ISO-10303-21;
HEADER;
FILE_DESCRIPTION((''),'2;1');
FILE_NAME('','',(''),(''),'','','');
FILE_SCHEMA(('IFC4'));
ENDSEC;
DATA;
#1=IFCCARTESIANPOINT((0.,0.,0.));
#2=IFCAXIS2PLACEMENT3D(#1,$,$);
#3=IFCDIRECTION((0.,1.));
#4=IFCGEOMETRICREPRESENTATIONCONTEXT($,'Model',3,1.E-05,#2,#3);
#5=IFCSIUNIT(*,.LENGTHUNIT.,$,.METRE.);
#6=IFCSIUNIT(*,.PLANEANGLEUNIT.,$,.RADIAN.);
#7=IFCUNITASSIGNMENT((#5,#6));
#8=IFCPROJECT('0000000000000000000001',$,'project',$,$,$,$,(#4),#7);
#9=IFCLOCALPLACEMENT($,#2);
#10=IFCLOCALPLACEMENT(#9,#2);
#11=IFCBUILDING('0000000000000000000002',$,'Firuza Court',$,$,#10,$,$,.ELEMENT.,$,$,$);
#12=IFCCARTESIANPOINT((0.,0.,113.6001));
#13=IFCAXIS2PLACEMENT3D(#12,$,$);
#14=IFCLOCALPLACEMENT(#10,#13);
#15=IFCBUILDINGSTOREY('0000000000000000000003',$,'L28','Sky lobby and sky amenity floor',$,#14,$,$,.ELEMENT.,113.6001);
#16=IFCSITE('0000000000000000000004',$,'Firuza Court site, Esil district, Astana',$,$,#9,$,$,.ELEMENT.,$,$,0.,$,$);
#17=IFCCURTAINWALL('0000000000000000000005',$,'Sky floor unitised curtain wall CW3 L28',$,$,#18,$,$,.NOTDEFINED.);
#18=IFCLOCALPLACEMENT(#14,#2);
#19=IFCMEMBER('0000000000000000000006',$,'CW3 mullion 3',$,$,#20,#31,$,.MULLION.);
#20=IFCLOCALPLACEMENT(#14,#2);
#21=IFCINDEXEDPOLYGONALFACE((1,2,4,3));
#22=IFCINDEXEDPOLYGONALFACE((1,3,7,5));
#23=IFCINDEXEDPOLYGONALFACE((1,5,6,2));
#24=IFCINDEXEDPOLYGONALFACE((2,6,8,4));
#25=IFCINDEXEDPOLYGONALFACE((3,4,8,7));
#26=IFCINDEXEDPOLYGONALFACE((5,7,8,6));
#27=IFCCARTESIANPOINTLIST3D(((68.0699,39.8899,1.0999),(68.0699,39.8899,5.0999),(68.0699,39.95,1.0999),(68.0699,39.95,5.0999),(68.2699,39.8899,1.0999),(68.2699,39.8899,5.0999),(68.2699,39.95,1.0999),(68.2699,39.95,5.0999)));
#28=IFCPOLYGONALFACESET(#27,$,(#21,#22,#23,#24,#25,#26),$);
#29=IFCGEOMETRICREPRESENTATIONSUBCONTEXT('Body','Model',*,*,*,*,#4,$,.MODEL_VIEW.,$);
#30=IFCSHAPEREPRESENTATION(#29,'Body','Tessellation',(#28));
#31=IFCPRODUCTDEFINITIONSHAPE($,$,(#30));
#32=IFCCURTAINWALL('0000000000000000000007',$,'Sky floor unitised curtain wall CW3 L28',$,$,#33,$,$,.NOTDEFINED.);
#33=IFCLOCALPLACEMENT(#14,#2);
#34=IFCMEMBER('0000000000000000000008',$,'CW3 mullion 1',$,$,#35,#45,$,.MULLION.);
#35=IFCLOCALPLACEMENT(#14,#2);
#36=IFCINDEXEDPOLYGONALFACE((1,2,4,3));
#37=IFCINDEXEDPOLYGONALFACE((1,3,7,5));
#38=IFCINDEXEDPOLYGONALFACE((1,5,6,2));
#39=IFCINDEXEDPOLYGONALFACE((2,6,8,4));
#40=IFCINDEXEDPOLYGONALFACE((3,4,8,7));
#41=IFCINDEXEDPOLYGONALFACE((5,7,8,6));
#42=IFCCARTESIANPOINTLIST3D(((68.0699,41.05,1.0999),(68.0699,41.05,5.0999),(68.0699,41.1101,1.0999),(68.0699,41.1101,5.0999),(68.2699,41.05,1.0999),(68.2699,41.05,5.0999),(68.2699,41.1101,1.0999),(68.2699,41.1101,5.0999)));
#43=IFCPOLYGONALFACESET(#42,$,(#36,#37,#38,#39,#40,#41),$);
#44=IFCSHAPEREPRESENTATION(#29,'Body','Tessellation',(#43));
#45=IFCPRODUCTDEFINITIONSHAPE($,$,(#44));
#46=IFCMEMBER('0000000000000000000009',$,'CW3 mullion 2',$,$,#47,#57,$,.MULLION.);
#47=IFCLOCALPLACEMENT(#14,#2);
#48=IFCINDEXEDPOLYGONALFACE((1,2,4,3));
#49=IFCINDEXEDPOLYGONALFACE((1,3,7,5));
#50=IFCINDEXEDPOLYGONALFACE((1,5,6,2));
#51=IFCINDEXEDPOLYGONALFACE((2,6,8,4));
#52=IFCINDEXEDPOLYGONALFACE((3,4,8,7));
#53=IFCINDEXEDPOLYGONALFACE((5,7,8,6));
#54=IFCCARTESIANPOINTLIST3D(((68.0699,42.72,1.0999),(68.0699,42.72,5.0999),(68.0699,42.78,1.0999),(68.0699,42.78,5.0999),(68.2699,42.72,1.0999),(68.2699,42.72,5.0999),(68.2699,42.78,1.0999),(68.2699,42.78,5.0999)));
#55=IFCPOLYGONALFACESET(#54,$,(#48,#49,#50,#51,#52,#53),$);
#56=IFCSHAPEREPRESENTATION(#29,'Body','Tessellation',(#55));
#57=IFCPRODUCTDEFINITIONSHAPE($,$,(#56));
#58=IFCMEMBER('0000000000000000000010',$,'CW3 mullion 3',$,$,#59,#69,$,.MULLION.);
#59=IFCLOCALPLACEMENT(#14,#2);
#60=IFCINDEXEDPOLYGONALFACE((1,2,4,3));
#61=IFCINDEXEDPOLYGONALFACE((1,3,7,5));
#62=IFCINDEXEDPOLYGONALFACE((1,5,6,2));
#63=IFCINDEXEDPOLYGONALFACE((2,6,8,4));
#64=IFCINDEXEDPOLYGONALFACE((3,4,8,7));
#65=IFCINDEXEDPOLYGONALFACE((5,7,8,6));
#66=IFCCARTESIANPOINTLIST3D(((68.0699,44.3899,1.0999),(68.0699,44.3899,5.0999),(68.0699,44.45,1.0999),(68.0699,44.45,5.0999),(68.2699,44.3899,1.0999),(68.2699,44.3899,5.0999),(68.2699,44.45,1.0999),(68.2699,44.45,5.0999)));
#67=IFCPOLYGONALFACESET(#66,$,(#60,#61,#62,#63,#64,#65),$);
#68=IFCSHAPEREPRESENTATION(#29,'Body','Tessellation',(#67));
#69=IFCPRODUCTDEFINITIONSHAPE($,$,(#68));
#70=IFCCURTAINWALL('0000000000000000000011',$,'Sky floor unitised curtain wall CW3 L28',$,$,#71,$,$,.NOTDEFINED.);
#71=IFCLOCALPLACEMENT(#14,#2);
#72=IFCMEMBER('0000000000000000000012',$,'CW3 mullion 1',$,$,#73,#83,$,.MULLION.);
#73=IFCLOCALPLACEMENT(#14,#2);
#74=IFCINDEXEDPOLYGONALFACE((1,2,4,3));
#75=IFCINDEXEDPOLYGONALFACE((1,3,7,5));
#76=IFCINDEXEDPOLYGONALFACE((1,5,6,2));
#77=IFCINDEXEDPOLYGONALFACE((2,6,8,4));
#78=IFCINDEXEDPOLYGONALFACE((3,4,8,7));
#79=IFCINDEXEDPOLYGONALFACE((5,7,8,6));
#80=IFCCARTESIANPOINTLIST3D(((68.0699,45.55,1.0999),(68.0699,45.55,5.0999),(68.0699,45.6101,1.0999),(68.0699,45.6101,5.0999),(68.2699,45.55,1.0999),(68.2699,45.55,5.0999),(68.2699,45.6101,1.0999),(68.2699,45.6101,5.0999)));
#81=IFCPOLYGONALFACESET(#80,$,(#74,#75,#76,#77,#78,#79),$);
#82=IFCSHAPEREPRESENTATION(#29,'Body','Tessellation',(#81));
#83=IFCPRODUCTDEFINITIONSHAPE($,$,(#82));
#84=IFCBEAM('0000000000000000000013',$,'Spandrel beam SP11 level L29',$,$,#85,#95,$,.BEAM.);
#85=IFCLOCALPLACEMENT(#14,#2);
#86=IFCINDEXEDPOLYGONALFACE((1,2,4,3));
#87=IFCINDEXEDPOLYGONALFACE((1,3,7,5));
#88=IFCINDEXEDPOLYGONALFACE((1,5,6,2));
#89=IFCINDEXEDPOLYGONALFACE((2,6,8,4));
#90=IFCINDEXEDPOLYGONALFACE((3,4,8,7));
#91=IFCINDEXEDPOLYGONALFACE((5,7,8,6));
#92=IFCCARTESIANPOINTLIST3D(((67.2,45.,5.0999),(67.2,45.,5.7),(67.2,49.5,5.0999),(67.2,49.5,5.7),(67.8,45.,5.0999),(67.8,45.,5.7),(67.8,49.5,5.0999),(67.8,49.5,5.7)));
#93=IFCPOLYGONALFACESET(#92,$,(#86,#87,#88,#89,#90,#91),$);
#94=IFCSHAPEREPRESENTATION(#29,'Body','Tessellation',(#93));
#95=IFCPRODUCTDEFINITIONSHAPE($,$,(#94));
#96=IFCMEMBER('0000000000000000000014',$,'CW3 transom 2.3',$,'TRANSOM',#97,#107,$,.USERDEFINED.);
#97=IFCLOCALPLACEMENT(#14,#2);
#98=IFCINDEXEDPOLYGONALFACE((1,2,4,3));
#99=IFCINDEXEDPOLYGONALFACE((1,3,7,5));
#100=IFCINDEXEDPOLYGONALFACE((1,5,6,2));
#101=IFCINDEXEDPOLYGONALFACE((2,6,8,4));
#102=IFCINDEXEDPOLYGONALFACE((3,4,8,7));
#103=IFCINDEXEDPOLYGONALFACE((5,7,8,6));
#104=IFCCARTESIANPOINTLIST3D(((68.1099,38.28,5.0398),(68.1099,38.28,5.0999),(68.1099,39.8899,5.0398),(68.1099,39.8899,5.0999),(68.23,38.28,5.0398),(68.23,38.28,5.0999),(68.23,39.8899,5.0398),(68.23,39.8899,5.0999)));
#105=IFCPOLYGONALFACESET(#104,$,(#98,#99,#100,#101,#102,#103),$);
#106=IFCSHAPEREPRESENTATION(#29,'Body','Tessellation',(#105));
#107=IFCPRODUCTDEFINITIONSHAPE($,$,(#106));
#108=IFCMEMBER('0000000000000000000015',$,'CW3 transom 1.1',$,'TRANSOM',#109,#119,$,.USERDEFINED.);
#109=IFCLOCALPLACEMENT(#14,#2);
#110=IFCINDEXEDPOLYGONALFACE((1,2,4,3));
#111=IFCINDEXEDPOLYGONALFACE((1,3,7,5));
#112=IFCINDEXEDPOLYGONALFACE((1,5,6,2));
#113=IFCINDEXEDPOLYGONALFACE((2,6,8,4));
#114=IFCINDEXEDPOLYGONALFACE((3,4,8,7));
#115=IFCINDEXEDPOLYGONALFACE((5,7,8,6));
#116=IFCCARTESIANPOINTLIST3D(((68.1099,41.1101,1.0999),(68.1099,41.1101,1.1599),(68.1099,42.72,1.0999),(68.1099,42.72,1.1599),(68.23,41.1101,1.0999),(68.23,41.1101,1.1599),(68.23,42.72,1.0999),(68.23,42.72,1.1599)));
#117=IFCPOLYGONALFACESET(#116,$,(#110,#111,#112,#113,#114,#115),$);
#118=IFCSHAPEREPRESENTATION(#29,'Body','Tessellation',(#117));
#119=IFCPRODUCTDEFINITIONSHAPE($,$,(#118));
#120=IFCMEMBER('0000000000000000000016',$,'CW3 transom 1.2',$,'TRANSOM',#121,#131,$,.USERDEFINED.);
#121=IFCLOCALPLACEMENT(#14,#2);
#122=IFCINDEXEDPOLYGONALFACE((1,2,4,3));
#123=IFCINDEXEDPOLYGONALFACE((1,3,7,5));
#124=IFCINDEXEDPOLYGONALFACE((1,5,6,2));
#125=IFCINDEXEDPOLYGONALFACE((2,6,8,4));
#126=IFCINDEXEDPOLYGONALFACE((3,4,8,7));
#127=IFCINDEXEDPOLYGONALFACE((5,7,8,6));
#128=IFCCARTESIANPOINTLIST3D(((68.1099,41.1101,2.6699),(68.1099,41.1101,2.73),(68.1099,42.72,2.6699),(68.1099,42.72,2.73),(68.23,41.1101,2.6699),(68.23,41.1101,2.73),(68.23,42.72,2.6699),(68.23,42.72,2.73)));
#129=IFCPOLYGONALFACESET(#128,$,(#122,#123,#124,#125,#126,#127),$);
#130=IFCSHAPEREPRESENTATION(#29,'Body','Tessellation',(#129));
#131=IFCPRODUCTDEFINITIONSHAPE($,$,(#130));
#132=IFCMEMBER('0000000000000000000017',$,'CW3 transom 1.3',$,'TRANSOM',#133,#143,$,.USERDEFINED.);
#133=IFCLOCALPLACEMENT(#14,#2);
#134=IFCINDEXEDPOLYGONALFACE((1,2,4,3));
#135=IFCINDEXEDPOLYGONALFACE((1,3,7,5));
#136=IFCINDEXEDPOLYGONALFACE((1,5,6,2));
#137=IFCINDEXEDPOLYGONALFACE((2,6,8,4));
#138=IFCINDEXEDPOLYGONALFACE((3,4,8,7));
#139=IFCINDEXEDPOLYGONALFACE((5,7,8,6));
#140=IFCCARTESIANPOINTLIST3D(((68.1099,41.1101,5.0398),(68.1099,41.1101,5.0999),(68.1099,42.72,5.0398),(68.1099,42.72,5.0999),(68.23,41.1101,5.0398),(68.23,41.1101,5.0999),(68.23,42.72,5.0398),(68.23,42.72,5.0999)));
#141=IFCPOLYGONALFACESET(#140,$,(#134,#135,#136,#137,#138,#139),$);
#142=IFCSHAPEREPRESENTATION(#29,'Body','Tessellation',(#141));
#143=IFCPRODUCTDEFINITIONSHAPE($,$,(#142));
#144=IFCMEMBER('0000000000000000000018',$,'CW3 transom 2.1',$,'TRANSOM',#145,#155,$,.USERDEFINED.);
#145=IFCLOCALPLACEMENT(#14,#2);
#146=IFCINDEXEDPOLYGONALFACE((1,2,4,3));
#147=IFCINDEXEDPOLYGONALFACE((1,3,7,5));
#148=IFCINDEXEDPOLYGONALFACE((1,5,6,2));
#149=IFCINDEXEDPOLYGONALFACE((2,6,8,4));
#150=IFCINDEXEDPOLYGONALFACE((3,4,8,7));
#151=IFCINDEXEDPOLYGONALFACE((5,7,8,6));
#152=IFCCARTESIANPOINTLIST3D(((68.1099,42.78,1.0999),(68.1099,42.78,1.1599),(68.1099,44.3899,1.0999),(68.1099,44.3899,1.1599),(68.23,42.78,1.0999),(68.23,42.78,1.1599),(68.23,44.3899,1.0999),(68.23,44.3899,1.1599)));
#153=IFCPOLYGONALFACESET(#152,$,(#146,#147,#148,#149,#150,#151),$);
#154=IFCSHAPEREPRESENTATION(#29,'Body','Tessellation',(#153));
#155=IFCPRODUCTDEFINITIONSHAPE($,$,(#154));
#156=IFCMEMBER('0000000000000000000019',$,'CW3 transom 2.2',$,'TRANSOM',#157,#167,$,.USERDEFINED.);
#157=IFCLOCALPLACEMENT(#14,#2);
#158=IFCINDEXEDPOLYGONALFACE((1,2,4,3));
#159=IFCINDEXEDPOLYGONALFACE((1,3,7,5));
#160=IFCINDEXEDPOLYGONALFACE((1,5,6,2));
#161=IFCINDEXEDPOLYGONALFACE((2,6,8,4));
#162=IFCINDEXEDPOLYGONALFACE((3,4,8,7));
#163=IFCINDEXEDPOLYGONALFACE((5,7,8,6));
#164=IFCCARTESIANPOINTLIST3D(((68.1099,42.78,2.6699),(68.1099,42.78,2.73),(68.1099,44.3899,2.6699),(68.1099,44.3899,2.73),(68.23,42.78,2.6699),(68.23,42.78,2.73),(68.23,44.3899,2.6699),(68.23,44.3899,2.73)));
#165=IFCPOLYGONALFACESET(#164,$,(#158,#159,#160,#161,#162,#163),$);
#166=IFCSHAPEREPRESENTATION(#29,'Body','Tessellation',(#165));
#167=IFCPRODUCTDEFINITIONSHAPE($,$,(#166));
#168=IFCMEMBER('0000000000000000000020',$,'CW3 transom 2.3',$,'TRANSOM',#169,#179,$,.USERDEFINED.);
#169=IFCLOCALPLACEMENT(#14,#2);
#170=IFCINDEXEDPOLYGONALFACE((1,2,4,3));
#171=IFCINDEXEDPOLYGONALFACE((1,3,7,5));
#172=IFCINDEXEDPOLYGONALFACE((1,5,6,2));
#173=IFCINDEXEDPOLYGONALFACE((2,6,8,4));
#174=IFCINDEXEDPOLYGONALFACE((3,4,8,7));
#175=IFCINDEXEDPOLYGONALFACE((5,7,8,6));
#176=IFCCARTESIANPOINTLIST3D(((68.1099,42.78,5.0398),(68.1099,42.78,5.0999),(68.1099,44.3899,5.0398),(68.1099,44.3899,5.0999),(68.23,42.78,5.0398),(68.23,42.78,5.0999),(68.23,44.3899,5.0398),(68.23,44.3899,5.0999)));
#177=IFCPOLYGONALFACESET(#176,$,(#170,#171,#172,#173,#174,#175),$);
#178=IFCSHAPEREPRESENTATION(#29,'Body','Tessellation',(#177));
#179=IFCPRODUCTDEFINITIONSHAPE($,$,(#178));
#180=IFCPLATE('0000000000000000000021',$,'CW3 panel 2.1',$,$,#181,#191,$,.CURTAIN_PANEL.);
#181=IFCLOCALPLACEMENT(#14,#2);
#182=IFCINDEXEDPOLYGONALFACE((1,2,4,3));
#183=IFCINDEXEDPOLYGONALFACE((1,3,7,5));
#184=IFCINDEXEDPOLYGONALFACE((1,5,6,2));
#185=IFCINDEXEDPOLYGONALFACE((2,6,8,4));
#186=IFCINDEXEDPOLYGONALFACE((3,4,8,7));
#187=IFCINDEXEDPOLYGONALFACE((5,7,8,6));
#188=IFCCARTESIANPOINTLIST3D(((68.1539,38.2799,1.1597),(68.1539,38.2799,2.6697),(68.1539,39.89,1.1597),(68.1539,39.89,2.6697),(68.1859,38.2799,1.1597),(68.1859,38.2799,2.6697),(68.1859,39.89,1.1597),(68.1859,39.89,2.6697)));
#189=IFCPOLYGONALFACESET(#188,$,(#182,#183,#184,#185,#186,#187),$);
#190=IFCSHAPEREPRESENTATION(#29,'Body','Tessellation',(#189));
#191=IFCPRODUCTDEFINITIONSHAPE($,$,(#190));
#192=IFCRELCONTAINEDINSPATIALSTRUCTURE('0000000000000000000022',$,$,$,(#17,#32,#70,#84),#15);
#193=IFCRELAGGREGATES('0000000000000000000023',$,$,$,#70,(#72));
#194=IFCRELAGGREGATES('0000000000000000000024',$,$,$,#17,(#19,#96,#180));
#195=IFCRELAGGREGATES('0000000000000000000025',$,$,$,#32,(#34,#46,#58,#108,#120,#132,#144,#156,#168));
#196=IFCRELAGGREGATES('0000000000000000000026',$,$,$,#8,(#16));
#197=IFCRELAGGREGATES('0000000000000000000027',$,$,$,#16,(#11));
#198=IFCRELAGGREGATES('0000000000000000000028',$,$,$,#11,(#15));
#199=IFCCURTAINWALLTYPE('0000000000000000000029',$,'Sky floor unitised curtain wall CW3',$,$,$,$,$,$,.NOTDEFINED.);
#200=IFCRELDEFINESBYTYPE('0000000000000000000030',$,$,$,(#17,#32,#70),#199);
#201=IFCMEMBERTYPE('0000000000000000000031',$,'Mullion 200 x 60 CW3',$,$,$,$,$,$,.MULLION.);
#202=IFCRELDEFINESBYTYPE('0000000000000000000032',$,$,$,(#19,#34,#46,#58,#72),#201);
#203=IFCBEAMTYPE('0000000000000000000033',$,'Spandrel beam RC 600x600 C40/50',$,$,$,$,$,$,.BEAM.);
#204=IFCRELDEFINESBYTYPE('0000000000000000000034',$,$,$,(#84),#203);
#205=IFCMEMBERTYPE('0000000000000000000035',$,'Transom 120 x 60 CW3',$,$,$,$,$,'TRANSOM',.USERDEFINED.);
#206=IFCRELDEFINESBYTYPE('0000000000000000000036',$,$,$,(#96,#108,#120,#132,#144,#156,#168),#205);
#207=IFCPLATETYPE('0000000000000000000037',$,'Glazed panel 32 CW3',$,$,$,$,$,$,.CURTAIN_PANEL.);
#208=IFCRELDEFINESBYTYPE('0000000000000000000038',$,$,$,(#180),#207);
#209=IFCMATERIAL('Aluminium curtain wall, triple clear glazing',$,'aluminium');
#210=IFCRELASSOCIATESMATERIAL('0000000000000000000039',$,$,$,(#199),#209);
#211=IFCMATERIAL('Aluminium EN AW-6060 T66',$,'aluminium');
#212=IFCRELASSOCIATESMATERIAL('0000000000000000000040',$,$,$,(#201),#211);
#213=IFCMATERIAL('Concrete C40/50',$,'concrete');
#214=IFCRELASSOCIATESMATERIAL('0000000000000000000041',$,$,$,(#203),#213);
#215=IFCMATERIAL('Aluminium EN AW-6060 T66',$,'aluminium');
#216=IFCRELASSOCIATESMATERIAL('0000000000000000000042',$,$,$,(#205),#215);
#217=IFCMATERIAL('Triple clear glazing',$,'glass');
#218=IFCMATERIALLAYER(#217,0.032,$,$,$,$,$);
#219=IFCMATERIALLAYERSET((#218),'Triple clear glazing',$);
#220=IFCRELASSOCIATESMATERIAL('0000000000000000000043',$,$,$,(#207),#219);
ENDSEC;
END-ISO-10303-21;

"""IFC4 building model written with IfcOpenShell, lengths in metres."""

from ifc_helpers import new_model, si_unit, direction, frame, origin, origin_2d, place, context, subcontext, project, spatial, rectangle, extrude, material, layer, layer_set, material_profile, profile_set, type_object, element, aggregate, save


model = new_model("IFC4")

# Units and contexts
model_context = context("Model", 3, precision=1e-05, world=origin(), true_north=direction((0.0, 1.0)))
body_context = subcontext(model_context, "Body", "Model", "MODEL_VIEW")
ifc_project = project(units=[si_unit("LENGTHUNIT", "METRE"), si_unit("PLANEANGLEUNIT", "RADIAN")], contexts=[model_context])

# Site, building, storey
site_placement = place(None, origin())
site = spatial("IfcSite", under=ifc_project, at=site_placement, Name="Firuza Court site, Esil district, Astana", CompositionType="ELEMENT", RefElevation=0.0)
building_placement = place(site_placement, origin())
building = spatial("IfcBuilding", under=site, at=building_placement, Name="Firuza Court", CompositionType="ELEMENT")
storey_placement = place(building_placement, frame((0.0, 0.0, 113.6001)))
storey = spatial("IfcBuildingStorey", under=building, at=storey_placement, Name="L28", Description="Sky lobby and sky amenity floor", CompositionType="ELEMENT", Elevation=113.6001)

# Curtain wall, member
ifc_material_1 = material(Name="Aluminium curtain wall, triple clear glazing", Category="aluminium")
curtain_wall_type = type_object("IfcCurtainWallType", Name="Sky floor unitised curtain wall CW3", PredefinedType="NOTDEFINED", material=ifc_material_1)
curtain_wall_1_placement = place(storey_placement, origin())
curtain_wall_1 = element("IfcCurtainWall", 1, at=curtain_wall_1_placement, inside=storey, type_object=curtain_wall_type, Name="Sky floor unitised curtain wall CW3 L28", PredefinedType="NOTDEFINED")
ifc_material_2 = material(Name="Aluminium EN AW-6060 T66", Category="aluminium")
ifc_material_profile_1 = material_profile(ifc_material_2, rectangle(XDim=0.2, YDim=0.0601, at=origin_2d()), Name="Mullion 200 x 60 CW3")
ifc_profile_set_1 = profile_set([ifc_material_profile_1], Name="Aluminium EN AW-6060 T66")
member_type_1 = type_object("IfcMemberType", Name="Mullion 200 x 60 CW3", PredefinedType="MULLION", material=ifc_profile_set_1)
member_1_placement = place(storey_placement, frame((68.1699, 39.9199, 1.0999), z_axis=(0.0, 0.0, 1.0), x_axis=(-1.0, 0.0, 0.0)))
member_1 = element("IfcMember", 2, at=member_1_placement, type_object=member_type_1, Name="CW3 mullion 3", PredefinedType="MULLION", context=body_context, shape_type="SweptSolid", body=[
    extrude(rectangle(XDim=0.2, YDim=0.0601, at=origin_2d()), origin(), (0.0, 0.0, 1.0), 4.0),
])

# Curtain wall, members
curtain_wall_2_placement = place(storey_placement, origin())
curtain_wall_2 = element("IfcCurtainWall", 3, at=curtain_wall_2_placement, inside=storey, type_object=curtain_wall_type, Name="Sky floor unitised curtain wall CW3 L28", PredefinedType="NOTDEFINED")
member_2_placement = place(storey_placement, frame((68.1699, 41.0801, 1.0999), z_axis=(0.0, 0.0, 1.0), x_axis=(-1.0, 0.0, 0.0)))
member_2 = element("IfcMember", 4, at=member_2_placement, type_object=member_type_1, Name="CW3 mullion 1", PredefinedType="MULLION", context=body_context, shape_type="SweptSolid", body=[
    extrude(rectangle(XDim=0.2, YDim=0.0601, at=origin_2d()), origin(), (0.0, 0.0, 1.0), 4.0),
])
member_3_placement = place(storey_placement, frame((68.1699, 42.75, 1.0999), z_axis=(0.0, 0.0, 1.0), x_axis=(-1.0, 0.0, 0.0)))
member_3 = element("IfcMember", 5, at=member_3_placement, type_object=member_type_1, Name="CW3 mullion 2", PredefinedType="MULLION", context=body_context, shape_type="SweptSolid", body=[
    extrude(rectangle(XDim=0.2, YDim=0.0601, at=origin_2d()), origin(), (0.0, 0.0, 1.0), 4.0),
])
member_4_placement = place(storey_placement, frame((68.1699, 44.4199, 1.0999), z_axis=(0.0, 0.0, 1.0), x_axis=(-1.0, 0.0, 0.0)))
member_4 = element("IfcMember", 6, at=member_4_placement, type_object=member_type_1, Name="CW3 mullion 3", PredefinedType="MULLION", context=body_context, shape_type="SweptSolid", body=[
    extrude(rectangle(XDim=0.2, YDim=0.0601, at=origin_2d()), origin(), (0.0, 0.0, 1.0), 4.0),
])

# Curtain wall, member
curtain_wall_3_placement = place(storey_placement, origin())
curtain_wall_3 = element("IfcCurtainWall", 7, at=curtain_wall_3_placement, inside=storey, type_object=curtain_wall_type, Name="Sky floor unitised curtain wall CW3 L28", PredefinedType="NOTDEFINED")
member_5_placement = place(storey_placement, frame((68.1699, 45.5801, 1.0999), z_axis=(0.0, 0.0, 1.0), x_axis=(-1.0, 0.0, 0.0)))
member_5 = element("IfcMember", 8, at=member_5_placement, type_object=member_type_1, Name="CW3 mullion 1", PredefinedType="MULLION", context=body_context, shape_type="SweptSolid", body=[
    extrude(rectangle(XDim=0.2, YDim=0.0601, at=origin_2d()), origin(), (0.0, 0.0, 1.0), 4.0),
])
aggregate(curtain_wall_3, [member_5])

# Beam
ifc_material_3 = material(Name="Concrete C40/50", Category="concrete")
ifc_material_profile_2 = material_profile(ifc_material_3, rectangle(XDim=0.6001, YDim=0.6001, at=origin_2d()), Name="RC 600x600")
ifc_profile_set_2 = profile_set([ifc_material_profile_2], Name="Concrete C40/50")
beam_type = type_object("IfcBeamType", Name="Spandrel beam RC 600x600 C40/50", PredefinedType="BEAM", material=ifc_profile_set_2)
beam_placement = place(storey_placement, frame((67.5, 45.0, 5.3999), z_axis=(0.0, 1.0, 0.0), x_axis=(-1.0, 0.0, 0.0)))
element("IfcBeam", 9, at=beam_placement, inside=storey, type_object=beam_type, Name="Spandrel beam SP11 level L29", PredefinedType="BEAM", context=body_context, shape_type="SweptSolid", body=[
    extrude(rectangle(XDim=0.6001, YDim=0.6001, at=origin_2d()), origin(), (0.0, 0.0, 1.0), 4.5),
])

# Members
ifc_material_4 = material(Name="Aluminium EN AW-6060 T66", Category="aluminium")
ifc_material_profile_3 = material_profile(ifc_material_4, rectangle(XDim=0.1201, YDim=0.0601, at=origin_2d()), Name="Transom 120 x 60 CW3")
ifc_profile_set_3 = profile_set([ifc_material_profile_3], Name="Aluminium EN AW-6060 T66")
member_type_2 = type_object("IfcMemberType", Name="Transom 120 x 60 CW3", ElementType="TRANSOM", PredefinedType="USERDEFINED", material=ifc_profile_set_3)
member_6_placement = place(storey_placement, frame((68.1699, 38.28, 5.0698), z_axis=(0.0, 1.0, 0.0), x_axis=(-1.0, 0.0, 0.0)))
member_6 = element("IfcMember", 10, at=member_6_placement, type_object=member_type_2, Name="CW3 transom 2.3", ObjectType="TRANSOM", PredefinedType="USERDEFINED", context=body_context, shape_type="SweptSolid", body=[
    extrude(rectangle(XDim=0.1201, YDim=0.0601, at=origin_2d()), origin(), (0.0, 0.0, 1.0), 1.6099),
])
member_7_placement = place(storey_placement, frame((68.1699, 41.1101, 1.1299), z_axis=(0.0, 1.0, 0.0), x_axis=(-1.0, 0.0, 0.0)))
member_7 = element("IfcMember", 11, at=member_7_placement, type_object=member_type_2, Name="CW3 transom 1.1", ObjectType="TRANSOM", PredefinedType="USERDEFINED", context=body_context, shape_type="SweptSolid", body=[
    extrude(rectangle(XDim=0.1201, YDim=0.0601, at=origin_2d()), origin(), (0.0, 0.0, 1.0), 1.6099),
])
member_8_placement = place(storey_placement, frame((68.1699, 41.1101, 2.7), z_axis=(0.0, 1.0, 0.0), x_axis=(-1.0, 0.0, 0.0)))
member_8 = element("IfcMember", 12, at=member_8_placement, type_object=member_type_2, Name="CW3 transom 1.2", ObjectType="TRANSOM", PredefinedType="USERDEFINED", context=body_context, shape_type="SweptSolid", body=[
    extrude(rectangle(XDim=0.1201, YDim=0.0601, at=origin_2d()), origin(), (0.0, 0.0, 1.0), 1.6099),
])
member_9_placement = place(storey_placement, frame((68.1699, 41.1101, 5.0698), z_axis=(0.0, 1.0, 0.0), x_axis=(-1.0, 0.0, 0.0)))
member_9 = element("IfcMember", 13, at=member_9_placement, type_object=member_type_2, Name="CW3 transom 1.3", ObjectType="TRANSOM", PredefinedType="USERDEFINED", context=body_context, shape_type="SweptSolid", body=[
    extrude(rectangle(XDim=0.1201, YDim=0.0601, at=origin_2d()), origin(), (0.0, 0.0, 1.0), 1.6099),
])
member_10_placement = place(storey_placement, frame((68.1699, 42.78, 1.1299), z_axis=(0.0, 1.0, 0.0), x_axis=(-1.0, 0.0, 0.0)))
member_10 = element("IfcMember", 14, at=member_10_placement, type_object=member_type_2, Name="CW3 transom 2.1", ObjectType="TRANSOM", PredefinedType="USERDEFINED", context=body_context, shape_type="SweptSolid", body=[
    extrude(rectangle(XDim=0.1201, YDim=0.0601, at=origin_2d()), origin(), (0.0, 0.0, 1.0), 1.6099),
])
member_11_placement = place(storey_placement, frame((68.1699, 42.78, 2.7), z_axis=(0.0, 1.0, 0.0), x_axis=(-1.0, 0.0, 0.0)))
member_11 = element("IfcMember", 15, at=member_11_placement, type_object=member_type_2, Name="CW3 transom 2.2", ObjectType="TRANSOM", PredefinedType="USERDEFINED", context=body_context, shape_type="SweptSolid", body=[
    extrude(rectangle(XDim=0.1201, YDim=0.0601, at=origin_2d()), origin(), (0.0, 0.0, 1.0), 1.6099),
])
member_12_placement = place(storey_placement, frame((68.1699, 42.78, 5.0698), z_axis=(0.0, 1.0, 0.0), x_axis=(-1.0, 0.0, 0.0)))
member_12 = element("IfcMember", 16, at=member_12_placement, type_object=member_type_2, Name="CW3 transom 2.3", ObjectType="TRANSOM", PredefinedType="USERDEFINED", context=body_context, shape_type="SweptSolid", body=[
    extrude(rectangle(XDim=0.1201, YDim=0.0601, at=origin_2d()), origin(), (0.0, 0.0, 1.0), 1.6099),
])

# Plate
ifc_material_5 = material(Name="Triple clear glazing", Category="glass")
ifc_layer_1 = layer(ifc_material_5, 0.032)
ifc_layer_set_1 = layer_set([ifc_layer_1], Name="Triple clear glazing")
plate_type = type_object("IfcPlateType", Name="Glazed panel 32 CW3", PredefinedType="CURTAIN_PANEL", material=ifc_layer_set_1)
plate_1_placement = place(storey_placement, frame((68.1699, 39.085, 1.1597), z_axis=(0.0, 0.0, 1.0), x_axis=(0.0, 1.0, 0.0)))
plate_1 = element("IfcPlate", 17, at=plate_1_placement, type_object=plate_type, Name="CW3 panel 2.1", PredefinedType="CURTAIN_PANEL", context=body_context, shape_type="SweptSolid", body=[
    extrude(rectangle(XDim=1.6101, YDim=0.032, at=origin_2d()), origin(), (0.0, 0.0, 1.0), 1.51),
])
aggregate(curtain_wall_1, [member_1, member_6, plate_1])
aggregate(curtain_wall_2, [member_2, member_3, member_4, member_7, member_8, member_9, member_10, member_11, member_12])

save(model, "model.ifc")
